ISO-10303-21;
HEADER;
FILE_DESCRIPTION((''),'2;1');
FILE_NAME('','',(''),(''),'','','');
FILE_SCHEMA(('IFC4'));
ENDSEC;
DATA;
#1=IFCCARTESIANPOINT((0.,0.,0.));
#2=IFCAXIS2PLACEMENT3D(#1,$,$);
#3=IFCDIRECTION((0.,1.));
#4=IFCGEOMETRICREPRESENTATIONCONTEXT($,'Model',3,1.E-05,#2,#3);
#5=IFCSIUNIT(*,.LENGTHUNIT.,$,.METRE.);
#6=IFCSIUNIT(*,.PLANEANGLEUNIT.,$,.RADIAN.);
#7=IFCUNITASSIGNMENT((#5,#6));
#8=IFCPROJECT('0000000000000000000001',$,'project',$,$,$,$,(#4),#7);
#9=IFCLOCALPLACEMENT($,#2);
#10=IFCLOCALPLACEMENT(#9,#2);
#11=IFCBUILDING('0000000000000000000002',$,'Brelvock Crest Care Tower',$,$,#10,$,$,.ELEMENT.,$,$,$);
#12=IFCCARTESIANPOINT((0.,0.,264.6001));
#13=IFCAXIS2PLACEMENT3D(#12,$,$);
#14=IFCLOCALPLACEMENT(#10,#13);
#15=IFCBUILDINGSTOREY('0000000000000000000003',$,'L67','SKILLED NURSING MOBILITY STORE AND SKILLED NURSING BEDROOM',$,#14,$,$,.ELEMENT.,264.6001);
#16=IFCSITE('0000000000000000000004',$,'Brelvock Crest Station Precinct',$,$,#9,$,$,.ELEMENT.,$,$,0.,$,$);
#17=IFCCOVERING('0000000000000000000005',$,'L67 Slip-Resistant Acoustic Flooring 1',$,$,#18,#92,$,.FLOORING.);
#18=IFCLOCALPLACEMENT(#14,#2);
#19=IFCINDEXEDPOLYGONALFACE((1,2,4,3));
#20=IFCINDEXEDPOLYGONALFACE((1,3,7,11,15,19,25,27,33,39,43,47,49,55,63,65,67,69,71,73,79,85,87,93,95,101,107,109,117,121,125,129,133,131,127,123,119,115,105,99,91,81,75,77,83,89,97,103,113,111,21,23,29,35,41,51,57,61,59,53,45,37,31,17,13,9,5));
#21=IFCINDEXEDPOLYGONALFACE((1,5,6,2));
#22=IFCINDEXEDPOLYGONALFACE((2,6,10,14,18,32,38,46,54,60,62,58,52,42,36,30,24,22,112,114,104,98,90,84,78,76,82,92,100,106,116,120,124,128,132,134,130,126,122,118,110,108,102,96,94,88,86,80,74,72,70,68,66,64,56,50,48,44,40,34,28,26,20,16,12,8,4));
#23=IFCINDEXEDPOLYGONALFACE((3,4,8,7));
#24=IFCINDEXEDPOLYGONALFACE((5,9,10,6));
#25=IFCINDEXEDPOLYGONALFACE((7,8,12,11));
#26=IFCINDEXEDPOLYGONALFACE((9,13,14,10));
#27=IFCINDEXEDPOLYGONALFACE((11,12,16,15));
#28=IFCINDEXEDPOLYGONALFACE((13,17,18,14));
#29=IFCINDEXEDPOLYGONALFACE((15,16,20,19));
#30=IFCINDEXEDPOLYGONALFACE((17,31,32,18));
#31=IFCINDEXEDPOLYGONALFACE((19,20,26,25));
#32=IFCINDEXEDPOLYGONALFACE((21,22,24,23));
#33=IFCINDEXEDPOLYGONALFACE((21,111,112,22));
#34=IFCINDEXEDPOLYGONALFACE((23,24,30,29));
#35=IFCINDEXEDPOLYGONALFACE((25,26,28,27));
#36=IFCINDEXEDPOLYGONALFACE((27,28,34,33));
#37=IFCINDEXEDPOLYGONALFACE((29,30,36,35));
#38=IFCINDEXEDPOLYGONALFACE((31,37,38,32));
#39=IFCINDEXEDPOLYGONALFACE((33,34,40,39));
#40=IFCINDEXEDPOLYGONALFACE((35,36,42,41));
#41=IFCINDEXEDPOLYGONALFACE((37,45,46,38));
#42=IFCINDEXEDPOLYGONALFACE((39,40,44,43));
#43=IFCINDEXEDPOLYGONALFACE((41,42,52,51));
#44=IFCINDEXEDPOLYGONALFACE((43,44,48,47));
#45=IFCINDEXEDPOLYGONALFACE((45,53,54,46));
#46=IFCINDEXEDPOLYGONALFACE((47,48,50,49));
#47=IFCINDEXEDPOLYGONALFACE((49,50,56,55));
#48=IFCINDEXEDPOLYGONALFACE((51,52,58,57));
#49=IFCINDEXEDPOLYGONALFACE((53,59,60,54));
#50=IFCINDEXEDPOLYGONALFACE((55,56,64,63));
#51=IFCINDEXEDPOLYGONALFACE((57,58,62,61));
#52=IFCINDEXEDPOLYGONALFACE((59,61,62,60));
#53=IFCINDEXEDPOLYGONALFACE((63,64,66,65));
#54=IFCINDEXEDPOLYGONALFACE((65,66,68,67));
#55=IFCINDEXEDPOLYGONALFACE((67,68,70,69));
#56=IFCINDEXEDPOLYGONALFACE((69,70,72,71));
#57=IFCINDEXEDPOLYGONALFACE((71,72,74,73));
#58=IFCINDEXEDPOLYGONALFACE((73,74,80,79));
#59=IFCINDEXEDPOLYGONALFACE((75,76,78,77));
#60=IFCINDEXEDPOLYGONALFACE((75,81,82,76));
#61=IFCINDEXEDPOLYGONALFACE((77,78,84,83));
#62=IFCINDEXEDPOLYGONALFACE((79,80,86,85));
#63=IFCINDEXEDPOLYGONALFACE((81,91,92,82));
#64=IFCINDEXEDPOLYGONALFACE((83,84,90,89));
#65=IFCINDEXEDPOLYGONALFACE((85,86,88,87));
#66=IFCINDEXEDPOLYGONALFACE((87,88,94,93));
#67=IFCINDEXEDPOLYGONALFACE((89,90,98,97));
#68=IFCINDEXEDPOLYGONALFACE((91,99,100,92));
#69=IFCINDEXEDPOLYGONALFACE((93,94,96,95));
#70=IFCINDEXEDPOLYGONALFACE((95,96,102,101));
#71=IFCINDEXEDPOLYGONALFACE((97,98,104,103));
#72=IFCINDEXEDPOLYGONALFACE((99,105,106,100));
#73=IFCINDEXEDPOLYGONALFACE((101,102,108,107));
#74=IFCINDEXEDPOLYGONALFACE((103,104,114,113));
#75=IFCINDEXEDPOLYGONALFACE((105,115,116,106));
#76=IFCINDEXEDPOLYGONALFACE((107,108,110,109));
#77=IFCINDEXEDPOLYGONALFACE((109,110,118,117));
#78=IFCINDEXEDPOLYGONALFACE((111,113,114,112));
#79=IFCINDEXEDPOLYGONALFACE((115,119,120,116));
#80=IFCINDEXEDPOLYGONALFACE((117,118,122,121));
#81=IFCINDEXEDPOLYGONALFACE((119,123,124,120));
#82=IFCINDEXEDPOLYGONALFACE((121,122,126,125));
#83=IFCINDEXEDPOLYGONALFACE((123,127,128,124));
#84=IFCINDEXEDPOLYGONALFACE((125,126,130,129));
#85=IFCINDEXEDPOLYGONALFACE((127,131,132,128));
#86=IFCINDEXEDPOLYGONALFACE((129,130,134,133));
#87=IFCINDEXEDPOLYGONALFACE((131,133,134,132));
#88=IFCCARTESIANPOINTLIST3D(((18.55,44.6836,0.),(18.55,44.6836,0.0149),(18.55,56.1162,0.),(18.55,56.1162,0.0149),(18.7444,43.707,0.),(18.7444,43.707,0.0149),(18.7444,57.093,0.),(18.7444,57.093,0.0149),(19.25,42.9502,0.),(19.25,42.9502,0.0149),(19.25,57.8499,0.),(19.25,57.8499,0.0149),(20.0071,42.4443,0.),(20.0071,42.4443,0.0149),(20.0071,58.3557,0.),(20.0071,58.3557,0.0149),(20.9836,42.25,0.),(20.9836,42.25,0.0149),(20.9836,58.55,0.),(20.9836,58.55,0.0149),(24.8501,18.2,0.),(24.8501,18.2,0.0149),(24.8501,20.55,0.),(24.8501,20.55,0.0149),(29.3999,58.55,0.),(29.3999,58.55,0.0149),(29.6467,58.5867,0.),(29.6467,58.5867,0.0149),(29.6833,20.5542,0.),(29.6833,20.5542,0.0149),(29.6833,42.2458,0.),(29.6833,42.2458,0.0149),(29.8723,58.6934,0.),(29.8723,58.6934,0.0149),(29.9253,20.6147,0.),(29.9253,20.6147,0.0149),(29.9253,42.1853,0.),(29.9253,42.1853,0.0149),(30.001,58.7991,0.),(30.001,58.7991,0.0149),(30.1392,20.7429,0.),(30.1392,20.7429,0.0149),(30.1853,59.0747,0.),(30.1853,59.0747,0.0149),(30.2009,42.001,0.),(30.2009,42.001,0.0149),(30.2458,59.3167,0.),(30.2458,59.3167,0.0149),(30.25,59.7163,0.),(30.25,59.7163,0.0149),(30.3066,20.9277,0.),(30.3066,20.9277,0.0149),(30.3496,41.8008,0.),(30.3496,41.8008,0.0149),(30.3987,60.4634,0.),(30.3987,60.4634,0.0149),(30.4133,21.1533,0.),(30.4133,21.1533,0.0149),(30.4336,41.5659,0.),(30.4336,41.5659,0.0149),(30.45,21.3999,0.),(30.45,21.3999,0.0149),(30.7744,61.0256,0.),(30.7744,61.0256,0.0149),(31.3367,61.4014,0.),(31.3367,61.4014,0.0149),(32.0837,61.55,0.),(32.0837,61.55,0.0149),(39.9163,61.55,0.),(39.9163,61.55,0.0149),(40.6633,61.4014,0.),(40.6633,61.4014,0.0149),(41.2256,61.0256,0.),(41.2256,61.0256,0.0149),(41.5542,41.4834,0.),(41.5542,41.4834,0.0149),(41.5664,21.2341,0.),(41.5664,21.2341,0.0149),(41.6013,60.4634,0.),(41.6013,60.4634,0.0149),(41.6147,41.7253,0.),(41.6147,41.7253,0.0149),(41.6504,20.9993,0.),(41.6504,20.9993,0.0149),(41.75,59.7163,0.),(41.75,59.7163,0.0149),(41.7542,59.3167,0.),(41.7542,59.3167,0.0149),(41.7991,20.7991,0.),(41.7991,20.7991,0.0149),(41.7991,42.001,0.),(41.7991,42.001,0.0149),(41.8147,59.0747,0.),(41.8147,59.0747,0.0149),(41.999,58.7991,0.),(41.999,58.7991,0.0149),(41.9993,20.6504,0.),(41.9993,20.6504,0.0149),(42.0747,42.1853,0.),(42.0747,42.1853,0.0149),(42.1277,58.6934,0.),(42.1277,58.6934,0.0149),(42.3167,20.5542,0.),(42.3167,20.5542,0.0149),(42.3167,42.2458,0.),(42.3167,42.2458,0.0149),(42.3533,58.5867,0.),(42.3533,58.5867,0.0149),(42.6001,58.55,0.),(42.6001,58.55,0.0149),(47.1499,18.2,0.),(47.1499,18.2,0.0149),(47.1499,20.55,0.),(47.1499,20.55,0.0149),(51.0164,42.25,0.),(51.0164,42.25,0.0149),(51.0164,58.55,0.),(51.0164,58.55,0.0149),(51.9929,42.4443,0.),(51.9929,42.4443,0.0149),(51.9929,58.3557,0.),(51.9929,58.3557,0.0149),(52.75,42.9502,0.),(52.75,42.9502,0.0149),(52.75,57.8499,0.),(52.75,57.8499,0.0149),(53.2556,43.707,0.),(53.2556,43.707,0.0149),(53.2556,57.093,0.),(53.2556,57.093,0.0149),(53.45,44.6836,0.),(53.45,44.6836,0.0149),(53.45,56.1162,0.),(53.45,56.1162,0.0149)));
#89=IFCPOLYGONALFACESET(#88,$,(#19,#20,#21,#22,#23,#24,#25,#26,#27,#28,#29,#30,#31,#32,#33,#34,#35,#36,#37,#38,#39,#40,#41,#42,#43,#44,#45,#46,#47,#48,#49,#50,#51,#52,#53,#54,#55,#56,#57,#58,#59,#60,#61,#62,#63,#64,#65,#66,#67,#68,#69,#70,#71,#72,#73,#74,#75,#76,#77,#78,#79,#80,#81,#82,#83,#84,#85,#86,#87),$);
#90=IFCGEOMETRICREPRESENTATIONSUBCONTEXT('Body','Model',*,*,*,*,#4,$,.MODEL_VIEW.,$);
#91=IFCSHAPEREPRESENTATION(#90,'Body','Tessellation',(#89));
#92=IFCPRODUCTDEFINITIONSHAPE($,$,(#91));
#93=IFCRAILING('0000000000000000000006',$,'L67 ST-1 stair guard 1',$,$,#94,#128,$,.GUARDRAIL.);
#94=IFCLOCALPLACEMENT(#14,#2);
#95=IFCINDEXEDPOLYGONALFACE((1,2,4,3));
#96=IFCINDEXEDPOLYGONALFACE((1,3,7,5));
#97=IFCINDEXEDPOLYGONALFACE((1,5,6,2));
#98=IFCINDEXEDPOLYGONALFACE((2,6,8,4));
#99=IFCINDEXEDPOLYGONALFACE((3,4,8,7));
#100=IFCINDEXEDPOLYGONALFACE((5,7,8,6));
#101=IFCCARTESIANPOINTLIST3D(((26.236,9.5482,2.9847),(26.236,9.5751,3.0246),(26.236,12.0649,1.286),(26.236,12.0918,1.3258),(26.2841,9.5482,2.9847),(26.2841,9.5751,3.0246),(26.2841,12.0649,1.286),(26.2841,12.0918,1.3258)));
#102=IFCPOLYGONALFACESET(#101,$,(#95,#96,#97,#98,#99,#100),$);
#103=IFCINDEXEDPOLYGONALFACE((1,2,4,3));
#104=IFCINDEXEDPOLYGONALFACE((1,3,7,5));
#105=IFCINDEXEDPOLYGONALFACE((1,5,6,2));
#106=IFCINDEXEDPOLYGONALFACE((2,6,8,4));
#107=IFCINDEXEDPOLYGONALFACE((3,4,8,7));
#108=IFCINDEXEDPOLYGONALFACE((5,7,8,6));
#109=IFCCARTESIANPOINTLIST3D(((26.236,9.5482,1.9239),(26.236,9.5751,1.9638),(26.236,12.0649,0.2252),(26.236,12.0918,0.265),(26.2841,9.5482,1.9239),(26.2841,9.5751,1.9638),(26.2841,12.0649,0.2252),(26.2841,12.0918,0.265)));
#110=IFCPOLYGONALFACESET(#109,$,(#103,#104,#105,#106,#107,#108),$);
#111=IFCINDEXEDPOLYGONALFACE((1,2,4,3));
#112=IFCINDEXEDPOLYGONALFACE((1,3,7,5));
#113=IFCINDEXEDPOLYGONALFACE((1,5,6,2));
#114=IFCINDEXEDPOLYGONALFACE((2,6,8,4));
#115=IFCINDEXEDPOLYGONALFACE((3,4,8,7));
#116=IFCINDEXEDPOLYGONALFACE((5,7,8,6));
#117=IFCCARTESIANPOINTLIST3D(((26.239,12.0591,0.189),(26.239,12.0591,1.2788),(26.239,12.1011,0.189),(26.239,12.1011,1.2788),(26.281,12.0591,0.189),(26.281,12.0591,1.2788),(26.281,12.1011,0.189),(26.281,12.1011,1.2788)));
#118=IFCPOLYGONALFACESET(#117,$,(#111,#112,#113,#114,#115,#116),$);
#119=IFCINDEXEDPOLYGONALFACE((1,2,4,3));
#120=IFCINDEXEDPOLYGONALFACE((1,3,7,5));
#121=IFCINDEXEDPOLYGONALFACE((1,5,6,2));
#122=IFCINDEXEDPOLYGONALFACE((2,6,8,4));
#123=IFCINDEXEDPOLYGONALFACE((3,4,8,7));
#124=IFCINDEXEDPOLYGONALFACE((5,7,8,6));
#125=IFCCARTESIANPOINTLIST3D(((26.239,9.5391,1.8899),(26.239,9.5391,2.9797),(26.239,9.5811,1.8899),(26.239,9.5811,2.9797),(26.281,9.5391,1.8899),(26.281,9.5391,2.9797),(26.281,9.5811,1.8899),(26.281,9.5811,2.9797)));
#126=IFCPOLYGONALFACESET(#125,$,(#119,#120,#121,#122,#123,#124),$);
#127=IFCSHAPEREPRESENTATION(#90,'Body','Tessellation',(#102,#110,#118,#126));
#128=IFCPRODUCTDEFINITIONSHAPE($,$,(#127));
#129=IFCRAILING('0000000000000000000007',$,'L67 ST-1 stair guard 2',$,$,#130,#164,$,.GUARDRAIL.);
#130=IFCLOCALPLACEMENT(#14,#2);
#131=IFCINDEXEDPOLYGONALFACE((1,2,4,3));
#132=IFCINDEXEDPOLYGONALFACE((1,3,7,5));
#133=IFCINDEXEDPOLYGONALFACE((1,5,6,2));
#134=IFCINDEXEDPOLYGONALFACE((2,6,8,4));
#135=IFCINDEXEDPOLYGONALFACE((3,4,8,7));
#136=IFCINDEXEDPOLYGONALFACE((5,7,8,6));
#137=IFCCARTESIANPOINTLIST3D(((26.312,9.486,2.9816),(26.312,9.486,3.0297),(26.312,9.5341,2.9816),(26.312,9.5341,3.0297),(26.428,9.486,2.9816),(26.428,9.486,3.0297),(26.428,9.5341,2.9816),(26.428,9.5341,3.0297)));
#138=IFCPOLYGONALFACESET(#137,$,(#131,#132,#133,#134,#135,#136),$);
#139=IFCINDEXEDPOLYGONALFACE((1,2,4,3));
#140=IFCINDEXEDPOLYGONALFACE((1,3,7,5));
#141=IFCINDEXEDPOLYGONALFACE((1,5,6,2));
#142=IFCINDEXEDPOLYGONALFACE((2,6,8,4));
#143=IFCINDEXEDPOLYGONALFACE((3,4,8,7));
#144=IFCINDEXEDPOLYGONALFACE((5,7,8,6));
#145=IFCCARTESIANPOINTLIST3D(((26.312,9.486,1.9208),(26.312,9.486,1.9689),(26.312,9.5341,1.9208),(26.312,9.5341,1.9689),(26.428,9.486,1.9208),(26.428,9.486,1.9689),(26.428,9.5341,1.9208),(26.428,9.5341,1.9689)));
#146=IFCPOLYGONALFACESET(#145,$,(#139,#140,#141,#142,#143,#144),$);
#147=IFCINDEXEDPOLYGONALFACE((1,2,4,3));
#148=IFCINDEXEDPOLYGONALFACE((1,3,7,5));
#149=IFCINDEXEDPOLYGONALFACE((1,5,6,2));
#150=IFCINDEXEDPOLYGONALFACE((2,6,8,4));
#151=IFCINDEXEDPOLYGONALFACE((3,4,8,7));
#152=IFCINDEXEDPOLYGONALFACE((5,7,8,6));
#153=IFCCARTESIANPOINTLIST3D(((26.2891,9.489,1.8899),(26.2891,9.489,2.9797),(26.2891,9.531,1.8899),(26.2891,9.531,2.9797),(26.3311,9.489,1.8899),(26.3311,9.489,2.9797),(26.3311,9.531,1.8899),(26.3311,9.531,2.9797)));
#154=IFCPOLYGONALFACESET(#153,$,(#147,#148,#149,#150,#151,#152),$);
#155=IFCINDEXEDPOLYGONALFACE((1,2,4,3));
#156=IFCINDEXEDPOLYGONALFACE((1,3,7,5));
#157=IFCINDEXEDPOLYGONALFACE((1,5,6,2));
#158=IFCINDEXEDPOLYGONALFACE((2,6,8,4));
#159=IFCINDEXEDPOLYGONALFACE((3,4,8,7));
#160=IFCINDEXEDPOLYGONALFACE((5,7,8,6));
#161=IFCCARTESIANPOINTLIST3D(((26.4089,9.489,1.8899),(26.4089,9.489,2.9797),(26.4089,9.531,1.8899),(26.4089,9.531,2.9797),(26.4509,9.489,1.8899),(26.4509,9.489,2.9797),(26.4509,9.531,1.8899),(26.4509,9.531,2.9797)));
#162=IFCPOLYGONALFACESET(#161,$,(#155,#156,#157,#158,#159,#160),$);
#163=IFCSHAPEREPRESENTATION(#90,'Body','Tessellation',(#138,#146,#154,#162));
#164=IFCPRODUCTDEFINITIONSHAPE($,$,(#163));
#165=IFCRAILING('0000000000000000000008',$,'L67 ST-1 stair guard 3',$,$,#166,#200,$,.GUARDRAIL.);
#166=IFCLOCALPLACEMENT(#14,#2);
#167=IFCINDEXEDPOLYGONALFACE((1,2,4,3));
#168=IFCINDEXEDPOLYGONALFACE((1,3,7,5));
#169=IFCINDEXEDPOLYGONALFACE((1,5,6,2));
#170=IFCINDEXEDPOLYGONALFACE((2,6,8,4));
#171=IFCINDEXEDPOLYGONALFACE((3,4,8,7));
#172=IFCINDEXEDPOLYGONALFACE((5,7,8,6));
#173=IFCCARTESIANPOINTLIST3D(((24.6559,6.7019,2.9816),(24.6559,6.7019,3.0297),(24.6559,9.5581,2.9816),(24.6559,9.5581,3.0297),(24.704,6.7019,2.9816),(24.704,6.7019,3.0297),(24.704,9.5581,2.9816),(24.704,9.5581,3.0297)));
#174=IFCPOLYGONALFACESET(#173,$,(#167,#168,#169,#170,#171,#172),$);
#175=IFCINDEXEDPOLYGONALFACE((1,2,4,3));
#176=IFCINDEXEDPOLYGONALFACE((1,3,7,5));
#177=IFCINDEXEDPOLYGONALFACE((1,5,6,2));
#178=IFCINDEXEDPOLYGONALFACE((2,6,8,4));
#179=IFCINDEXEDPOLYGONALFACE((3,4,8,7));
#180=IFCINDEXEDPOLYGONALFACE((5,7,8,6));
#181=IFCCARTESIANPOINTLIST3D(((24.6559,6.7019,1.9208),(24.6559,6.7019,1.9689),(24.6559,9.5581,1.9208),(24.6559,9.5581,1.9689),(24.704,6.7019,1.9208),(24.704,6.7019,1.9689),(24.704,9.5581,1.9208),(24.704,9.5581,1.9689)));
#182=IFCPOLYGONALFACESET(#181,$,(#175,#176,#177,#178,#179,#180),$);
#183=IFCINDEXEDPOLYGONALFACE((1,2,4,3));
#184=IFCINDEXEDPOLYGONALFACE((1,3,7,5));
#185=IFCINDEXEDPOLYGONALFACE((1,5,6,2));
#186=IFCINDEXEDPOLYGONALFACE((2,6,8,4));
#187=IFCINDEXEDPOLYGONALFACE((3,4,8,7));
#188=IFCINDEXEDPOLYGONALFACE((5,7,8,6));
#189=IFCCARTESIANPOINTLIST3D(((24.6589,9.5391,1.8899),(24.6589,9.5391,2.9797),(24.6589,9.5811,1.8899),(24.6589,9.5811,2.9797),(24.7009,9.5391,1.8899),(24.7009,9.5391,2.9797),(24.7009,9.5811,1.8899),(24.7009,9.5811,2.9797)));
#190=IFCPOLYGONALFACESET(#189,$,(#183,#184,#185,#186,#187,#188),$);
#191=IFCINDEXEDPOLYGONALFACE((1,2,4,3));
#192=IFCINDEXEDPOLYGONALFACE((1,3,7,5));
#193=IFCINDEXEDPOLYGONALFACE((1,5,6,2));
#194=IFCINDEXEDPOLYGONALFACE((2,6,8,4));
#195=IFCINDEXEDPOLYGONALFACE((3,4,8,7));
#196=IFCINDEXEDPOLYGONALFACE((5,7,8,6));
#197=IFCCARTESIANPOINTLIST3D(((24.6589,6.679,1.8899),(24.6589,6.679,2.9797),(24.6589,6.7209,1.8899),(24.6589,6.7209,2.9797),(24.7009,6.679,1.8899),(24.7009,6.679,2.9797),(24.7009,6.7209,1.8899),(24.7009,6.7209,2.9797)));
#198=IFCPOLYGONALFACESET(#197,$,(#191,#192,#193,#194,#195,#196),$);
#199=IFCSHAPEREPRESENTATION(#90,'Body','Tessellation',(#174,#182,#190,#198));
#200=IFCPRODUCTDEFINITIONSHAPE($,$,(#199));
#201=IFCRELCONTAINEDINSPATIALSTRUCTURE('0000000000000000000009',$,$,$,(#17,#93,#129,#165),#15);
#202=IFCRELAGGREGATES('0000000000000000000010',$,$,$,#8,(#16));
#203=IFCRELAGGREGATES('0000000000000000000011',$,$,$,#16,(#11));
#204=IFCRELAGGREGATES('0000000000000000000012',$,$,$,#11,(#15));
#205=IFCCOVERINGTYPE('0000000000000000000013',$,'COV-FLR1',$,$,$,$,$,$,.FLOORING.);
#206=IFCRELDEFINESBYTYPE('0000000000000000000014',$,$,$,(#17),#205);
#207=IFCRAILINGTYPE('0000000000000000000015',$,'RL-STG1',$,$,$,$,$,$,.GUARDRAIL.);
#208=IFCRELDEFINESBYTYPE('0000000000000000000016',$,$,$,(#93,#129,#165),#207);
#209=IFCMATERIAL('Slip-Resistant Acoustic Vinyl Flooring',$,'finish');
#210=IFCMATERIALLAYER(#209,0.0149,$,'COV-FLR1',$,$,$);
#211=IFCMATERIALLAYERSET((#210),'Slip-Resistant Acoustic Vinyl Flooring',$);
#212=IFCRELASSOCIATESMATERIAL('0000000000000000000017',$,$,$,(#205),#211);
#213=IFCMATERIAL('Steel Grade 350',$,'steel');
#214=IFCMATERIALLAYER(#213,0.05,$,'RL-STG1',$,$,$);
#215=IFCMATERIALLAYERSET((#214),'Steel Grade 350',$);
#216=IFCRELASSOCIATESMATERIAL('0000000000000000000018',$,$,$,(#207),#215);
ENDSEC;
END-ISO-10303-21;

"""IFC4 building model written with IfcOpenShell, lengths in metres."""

from ifc_helpers import new_model, si_unit, direction, frame, origin, origin_2d, place, context, subcontext, project, spatial, polyline, rectangle, outline, extrude, material, layer, layer_set, type_object, element, save


model = new_model("IFC4")

# Units and contexts
model_context = context("Model", 3, precision=1e-05, world=origin(), true_north=direction((0.0, 1.0)))
body_context = subcontext(model_context, "Body", "Model", "MODEL_VIEW")
ifc_project = project(units=[si_unit("LENGTHUNIT", "METRE"), si_unit("PLANEANGLEUNIT", "RADIAN")], contexts=[model_context])

# Site, building, storey
site_placement = place(None, origin())
site = spatial("IfcSite", under=ifc_project, at=site_placement, Name="Brelvock Crest Station Precinct", CompositionType="ELEMENT", RefElevation=0.0)
building_placement = place(site_placement, origin())
building = spatial("IfcBuilding", under=site, at=building_placement, Name="Brelvock Crest Care Tower", CompositionType="ELEMENT")
storey_placement = place(building_placement, frame((0.0, 0.0, 264.6001)))
storey = spatial("IfcBuildingStorey", under=building, at=storey_placement, Name="L67", Description="SKILLED NURSING MOBILITY STORE AND SKILLED NURSING BEDROOM", CompositionType="ELEMENT", Elevation=264.6001)

# Shared definitions
ifc_material_1 = material(Name="Steel Grade 350", Category="steel")

# Covering
ifc_material_2 = material(Name="Slip-Resistant Acoustic Vinyl Flooring", Category="finish")
ifc_layer_1 = layer(ifc_material_2, 0.0149, Name="COV-FLR1")
ifc_layer_set_1 = layer_set([ifc_layer_1], Name="Slip-Resistant Acoustic Vinyl Flooring")
covering_type_1 = type_object("IfcCoveringType", Name="COV-FLR1", PredefinedType="FLOORING", material=ifc_layer_set_1)
covering_1_placement = place(storey_placement, origin())
element("IfcCovering", 1, at=covering_1_placement, inside=storey, type_object=covering_type_1, Name="L67 Slip-Resistant Acoustic Flooring 1", PredefinedType="FLOORING", context=body_context, shape_type="SweptSolid", body=[
    extrude(outline(polyline([(24.8501, 18.2), (47.1499, 18.2), (47.1499, 20.55), (42.3167, 20.5542), (41.9993, 20.6504), (41.7991, 20.7991), (41.6504, 20.9993), (41.5664, 21.2341), (41.5542, 41.4834), (41.6147, 41.7253), (41.7991, 42.001), (42.0747, 42.1853), (42.3167, 42.2458), (51.0164, 42.25), (51.9929, 42.4443), (52.75, 42.9502), (53.2556, 43.707), (53.45, 44.6836), (53.45, 56.1162), (53.2556, 57.093), (52.75, 57.8499), (51.9929, 58.3557), (51.0164, 58.55), (42.6001, 58.55), (42.3533, 58.5867), (42.1277, 58.6934), (41.999, 58.7991), (41.8147, 59.0747), (41.7542, 59.3167), (41.75, 59.7163), (41.6013, 60.4634), (41.2256, 61.0256), (40.6633, 61.4014), (39.9163, 61.55), (32.0837, 61.55), (31.3367, 61.4014), (30.7744, 61.0256), (30.3987, 60.4634), (30.25, 59.7163), (30.2458, 59.3167), (30.1853, 59.0747), (30.001, 58.7991), (29.8723, 58.6934), (29.6467, 58.5867), (29.3999, 58.55), (20.9836, 58.55), (20.0071, 58.3557), (19.25, 57.8499), (18.7444, 57.093), (18.55, 56.1162), (18.55, 44.6836), (18.7444, 43.707), (19.25, 42.9502), (20.0071, 42.4443), (20.9836, 42.25), (29.6833, 42.2458), (29.9253, 42.1853), (30.2009, 42.001), (30.3496, 41.8008), (30.4336, 41.5659), (30.45, 21.3999), (30.4133, 21.1533), (30.3066, 20.9277), (30.1392, 20.7429), (29.9253, 20.6147), (29.6833, 20.5542), (24.8501, 20.55), (24.8501, 18.2)])), origin(), (0.0, 0.0, 1.0), 0.0149),
])

# Railings
ifc_layer_2 = layer(ifc_material_1, 0.05, Name="RL-STG1")
ifc_layer_set_2 = layer_set([ifc_layer_2], Name="Steel Grade 350")
railing_type_1 = type_object("IfcRailingType", Name="RL-STG1", PredefinedType="GUARDRAIL", material=ifc_layer_set_2)
railing_1_placement = place(storey_placement, frame((26.26, 12.0801, 0.189)))
element("IfcRailing", 2, at=railing_1_placement, inside=storey, type_object=railing_type_1, Name="L67 ST-1 stair guard 1", PredefinedType="GUARDRAIL", context=body_context, shape_type="SweptSolid", body=[
    extrude(rectangle(XDim=0.0481, YDim=0.0481, at=origin_2d()), frame((0.0, -0.0017, 1.1169), z_axis=(0.0, -0.828862, 0.559454), x_axis=(1.0, 0.0, 0.0)), (0.0, 0.0, 1.0), 3.0364),
    extrude(rectangle(XDim=0.0481, YDim=0.0481, at=origin_2d()), frame((0.0, -0.0017, 0.0562), z_axis=(0.0, -0.828862, 0.559454), x_axis=(1.0, 0.0, 0.0)), (0.0, 0.0, 1.0), 3.0364),
    extrude(rectangle(XDim=0.042, YDim=0.042, at=origin_2d()), origin(), (0.0, 0.0, 1.0), 1.0898),
    extrude(rectangle(XDim=0.042, YDim=0.042, at=origin_2d()), frame((0.0, -2.52, 1.7009)), (0.0, 0.0, 1.0), 1.0898),
])
railing_2_placement = place(storey_placement, frame((26.3101, 9.51, 1.8899)))
element("IfcRailing", 3, at=railing_2_placement, inside=storey, type_object=railing_type_1, Name="L67 ST-1 stair guard 2", PredefinedType="GUARDRAIL", context=body_context, shape_type="SweptSolid", body=[
    extrude(rectangle(XDim=0.0481, YDim=0.0481, at=origin_2d()), frame((0.002, 0.0, 1.1157), z_axis=(1.0, 0.0, 0.0), x_axis=(0.0, 1.0, 0.0)), (0.0, 0.0, 1.0), 0.116),
    extrude(rectangle(XDim=0.0481, YDim=0.0481, at=origin_2d()), frame((0.002, 0.0, 0.0549), z_axis=(1.0, 0.0, 0.0), x_axis=(0.0, 1.0, 0.0)), (0.0, 0.0, 1.0), 0.116),
    extrude(rectangle(XDim=0.042, YDim=0.042, at=origin_2d()), origin(), (0.0, 0.0, 1.0), 1.0898),
    extrude(rectangle(XDim=0.042, YDim=0.042, at=origin_2d()), frame((0.1199, 0.0, 0.0)), (0.0, 0.0, 1.0), 1.0898),
])
railing_3_placement = place(storey_placement, frame((24.6799, 9.5601, 1.8899)))
element("IfcRailing", 4, at=railing_3_placement, inside=storey, type_object=railing_type_1, Name="L67 ST-1 stair guard 3", PredefinedType="GUARDRAIL", context=body_context, shape_type="SweptSolid", body=[
    extrude(rectangle(XDim=0.0481, YDim=0.0481, at=origin_2d()), frame((0.0, -0.002, 1.1157), z_axis=(0.0, -1.0, 0.0), x_axis=(1.0, 0.0, 0.0)), (0.0, 0.0, 1.0), 2.8562),
    extrude(rectangle(XDim=0.0481, YDim=0.0481, at=origin_2d()), frame((0.0, -0.002, 0.0549), z_axis=(0.0, -1.0, 0.0), x_axis=(1.0, 0.0, 0.0)), (0.0, 0.0, 1.0), 2.8562),
    extrude(rectangle(XDim=0.042, YDim=0.042, at=origin_2d()), origin(), (0.0, 0.0, 1.0), 1.0898),
    extrude(rectangle(XDim=0.042, YDim=0.042, at=origin_2d()), frame((0.0, -2.8601, 0.0)), (0.0, 0.0, 1.0), 1.0898),
])

save(model, "model.ifc")
